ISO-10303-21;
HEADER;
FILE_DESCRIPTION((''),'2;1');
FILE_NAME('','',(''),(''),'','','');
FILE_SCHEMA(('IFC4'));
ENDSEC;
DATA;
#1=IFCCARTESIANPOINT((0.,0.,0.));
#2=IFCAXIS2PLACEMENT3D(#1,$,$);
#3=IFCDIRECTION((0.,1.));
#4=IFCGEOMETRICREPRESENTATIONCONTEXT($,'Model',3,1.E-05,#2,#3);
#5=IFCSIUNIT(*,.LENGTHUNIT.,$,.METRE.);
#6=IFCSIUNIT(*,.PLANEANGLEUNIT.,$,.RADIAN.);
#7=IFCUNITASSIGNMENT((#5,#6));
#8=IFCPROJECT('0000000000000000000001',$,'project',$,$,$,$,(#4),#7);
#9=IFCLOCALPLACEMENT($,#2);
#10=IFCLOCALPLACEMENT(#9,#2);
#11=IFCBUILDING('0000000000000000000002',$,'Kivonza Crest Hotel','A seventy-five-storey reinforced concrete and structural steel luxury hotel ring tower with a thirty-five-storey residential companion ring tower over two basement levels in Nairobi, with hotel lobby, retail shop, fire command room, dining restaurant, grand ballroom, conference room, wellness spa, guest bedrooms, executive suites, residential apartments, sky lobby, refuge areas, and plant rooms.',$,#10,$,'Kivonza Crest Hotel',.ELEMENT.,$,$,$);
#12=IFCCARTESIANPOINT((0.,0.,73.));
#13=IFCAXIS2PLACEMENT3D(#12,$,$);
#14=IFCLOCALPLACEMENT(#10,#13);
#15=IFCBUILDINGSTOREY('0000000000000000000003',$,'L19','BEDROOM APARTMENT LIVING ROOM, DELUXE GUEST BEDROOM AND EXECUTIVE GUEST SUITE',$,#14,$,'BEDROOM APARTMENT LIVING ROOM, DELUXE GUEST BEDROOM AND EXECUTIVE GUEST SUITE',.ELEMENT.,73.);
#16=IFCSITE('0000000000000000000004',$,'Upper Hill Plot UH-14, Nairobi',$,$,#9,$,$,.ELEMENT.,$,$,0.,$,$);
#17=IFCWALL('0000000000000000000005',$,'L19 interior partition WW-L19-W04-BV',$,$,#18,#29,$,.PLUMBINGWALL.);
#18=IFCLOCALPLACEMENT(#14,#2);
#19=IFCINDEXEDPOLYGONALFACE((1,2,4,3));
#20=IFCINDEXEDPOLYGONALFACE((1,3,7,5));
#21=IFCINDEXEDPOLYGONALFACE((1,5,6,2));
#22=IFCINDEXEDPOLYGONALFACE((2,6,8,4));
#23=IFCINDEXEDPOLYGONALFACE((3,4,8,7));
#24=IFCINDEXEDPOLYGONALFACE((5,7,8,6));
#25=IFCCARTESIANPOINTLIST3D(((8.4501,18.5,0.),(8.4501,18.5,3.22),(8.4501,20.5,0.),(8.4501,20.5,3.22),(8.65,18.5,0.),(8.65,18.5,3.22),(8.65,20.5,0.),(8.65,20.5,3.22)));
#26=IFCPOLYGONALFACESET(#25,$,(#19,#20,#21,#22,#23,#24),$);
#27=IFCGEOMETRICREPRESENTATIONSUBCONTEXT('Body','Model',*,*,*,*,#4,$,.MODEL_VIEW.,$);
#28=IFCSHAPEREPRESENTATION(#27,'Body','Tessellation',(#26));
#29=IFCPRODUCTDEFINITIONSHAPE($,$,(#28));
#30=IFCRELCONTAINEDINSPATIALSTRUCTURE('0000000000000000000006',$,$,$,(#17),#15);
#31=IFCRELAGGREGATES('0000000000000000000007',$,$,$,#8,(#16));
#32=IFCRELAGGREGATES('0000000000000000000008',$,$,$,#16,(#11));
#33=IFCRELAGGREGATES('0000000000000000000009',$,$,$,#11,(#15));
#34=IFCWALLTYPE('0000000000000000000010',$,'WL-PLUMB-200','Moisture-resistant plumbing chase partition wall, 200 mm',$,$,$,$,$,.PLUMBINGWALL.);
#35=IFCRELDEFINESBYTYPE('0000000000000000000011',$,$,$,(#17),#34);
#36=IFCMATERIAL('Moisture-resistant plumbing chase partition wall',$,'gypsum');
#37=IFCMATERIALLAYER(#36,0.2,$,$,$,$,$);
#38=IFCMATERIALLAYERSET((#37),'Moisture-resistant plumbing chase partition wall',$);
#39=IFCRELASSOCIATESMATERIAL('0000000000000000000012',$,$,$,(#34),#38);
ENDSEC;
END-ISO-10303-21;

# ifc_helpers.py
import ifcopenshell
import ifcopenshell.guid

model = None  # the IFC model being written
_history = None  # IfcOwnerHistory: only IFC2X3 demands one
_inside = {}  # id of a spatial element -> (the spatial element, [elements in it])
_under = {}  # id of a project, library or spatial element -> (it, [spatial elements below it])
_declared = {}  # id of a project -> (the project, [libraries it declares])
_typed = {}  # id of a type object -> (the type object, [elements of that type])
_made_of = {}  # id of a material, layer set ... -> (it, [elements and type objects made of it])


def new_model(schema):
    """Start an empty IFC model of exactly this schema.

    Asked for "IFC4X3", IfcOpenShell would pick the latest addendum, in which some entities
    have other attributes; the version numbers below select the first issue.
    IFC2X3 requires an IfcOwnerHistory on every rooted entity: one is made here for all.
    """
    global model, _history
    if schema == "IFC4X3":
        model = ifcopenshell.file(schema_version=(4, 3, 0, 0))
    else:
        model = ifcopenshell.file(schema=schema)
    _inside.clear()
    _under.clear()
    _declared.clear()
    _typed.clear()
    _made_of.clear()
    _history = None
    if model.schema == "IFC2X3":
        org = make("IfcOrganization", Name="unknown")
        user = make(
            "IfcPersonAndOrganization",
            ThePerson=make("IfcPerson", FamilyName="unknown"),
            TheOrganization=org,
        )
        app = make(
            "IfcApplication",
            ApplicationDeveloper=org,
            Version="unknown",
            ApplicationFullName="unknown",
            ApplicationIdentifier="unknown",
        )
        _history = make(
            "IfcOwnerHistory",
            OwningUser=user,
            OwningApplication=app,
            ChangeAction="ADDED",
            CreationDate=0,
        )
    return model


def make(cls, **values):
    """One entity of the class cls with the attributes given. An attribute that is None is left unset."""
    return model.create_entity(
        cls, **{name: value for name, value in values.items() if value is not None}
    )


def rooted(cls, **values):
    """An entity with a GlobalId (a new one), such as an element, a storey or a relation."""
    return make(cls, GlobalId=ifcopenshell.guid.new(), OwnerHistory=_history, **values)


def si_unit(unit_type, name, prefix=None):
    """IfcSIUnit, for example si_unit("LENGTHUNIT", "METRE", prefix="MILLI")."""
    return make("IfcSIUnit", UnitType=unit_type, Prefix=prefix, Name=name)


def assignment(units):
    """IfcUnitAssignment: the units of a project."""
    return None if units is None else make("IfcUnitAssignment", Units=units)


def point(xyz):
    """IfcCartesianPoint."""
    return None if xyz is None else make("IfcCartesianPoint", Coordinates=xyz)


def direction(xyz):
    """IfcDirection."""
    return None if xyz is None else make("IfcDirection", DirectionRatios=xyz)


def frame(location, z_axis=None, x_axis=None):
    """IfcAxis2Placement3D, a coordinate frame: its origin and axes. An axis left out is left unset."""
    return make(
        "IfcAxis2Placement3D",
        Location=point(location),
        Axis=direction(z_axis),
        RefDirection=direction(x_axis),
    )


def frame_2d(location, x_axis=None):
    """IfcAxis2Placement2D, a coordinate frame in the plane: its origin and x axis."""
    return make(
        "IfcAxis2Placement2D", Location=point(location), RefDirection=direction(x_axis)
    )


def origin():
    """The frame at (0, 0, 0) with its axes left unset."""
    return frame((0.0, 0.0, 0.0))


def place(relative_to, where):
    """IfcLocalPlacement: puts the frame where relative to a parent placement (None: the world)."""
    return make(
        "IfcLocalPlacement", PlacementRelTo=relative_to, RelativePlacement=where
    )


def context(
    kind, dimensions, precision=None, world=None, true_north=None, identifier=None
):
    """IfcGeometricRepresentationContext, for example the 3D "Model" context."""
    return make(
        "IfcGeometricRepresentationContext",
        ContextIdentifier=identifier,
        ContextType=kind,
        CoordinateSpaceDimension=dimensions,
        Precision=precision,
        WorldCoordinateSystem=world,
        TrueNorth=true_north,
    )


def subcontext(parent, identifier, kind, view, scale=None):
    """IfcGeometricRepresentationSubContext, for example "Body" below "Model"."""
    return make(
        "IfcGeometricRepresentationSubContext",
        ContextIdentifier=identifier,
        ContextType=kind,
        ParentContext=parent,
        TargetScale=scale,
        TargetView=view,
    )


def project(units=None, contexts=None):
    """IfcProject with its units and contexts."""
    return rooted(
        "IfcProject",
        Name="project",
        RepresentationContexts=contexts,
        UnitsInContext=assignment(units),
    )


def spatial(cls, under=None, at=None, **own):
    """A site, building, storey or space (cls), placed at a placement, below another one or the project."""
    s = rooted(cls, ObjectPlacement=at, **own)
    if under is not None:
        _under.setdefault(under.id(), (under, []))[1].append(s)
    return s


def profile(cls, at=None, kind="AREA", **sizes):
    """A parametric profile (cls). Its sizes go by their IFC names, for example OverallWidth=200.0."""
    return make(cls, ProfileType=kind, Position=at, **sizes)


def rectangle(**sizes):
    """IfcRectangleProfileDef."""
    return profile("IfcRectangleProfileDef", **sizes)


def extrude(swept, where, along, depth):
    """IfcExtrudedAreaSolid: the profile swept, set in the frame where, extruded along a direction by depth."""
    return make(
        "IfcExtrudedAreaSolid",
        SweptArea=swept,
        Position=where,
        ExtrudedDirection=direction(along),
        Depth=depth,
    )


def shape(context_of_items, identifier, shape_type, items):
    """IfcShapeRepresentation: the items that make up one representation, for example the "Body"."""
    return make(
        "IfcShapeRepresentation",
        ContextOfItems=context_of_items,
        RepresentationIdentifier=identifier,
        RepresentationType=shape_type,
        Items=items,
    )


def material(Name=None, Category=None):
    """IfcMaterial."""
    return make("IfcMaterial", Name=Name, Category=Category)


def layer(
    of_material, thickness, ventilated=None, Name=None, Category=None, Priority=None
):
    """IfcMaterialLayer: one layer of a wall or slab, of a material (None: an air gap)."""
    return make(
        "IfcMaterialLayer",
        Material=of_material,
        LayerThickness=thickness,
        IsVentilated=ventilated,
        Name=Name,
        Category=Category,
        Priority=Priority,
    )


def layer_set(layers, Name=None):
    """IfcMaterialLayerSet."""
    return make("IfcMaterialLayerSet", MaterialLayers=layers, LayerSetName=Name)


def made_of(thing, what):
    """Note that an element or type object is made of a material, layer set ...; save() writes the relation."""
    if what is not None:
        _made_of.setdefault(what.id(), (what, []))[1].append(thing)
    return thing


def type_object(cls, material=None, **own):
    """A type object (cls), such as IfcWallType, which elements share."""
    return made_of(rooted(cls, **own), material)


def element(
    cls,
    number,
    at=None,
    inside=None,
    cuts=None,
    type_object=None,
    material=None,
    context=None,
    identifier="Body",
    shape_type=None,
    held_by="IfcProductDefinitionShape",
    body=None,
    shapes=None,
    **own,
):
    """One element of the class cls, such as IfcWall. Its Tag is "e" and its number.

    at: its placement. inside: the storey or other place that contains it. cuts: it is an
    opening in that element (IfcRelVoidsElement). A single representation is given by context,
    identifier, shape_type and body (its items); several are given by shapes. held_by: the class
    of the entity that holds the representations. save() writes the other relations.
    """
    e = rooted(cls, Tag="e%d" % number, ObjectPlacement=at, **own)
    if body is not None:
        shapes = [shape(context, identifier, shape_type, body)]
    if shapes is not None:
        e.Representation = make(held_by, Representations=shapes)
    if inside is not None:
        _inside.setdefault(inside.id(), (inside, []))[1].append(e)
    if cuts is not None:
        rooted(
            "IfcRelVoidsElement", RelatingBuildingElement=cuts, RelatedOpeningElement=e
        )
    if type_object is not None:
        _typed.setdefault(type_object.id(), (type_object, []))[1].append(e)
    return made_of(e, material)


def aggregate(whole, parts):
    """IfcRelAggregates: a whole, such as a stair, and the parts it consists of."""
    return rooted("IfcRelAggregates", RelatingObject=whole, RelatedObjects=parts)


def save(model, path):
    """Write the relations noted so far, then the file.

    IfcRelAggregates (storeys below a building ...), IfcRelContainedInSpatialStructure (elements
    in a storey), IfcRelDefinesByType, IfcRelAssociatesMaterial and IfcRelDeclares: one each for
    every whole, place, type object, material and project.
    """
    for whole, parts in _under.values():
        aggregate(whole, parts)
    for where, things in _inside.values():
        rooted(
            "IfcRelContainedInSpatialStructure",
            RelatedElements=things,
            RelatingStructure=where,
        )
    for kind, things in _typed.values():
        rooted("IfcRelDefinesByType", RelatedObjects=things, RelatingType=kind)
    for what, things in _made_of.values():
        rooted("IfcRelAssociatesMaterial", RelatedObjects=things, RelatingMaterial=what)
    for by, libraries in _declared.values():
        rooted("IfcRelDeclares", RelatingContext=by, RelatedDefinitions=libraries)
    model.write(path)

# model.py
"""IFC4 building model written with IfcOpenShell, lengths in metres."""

from ifc_helpers import new_model, si_unit, direction, frame, frame_2d, origin, place, context, subcontext, project, spatial, rectangle, extrude, material, layer, layer_set, type_object, element, save


model = new_model("IFC4")

# Units and contexts
model_context = context("Model", 3, precision=1e-05, world=origin(), true_north=direction((0.0, 1.0)))
body_context = subcontext(model_context, "Body", "Model", "MODEL_VIEW")
ifc_project = project(units=[si_unit("LENGTHUNIT", "METRE"), si_unit("PLANEANGLEUNIT", "RADIAN")], contexts=[model_context])

# Site, building, storey
site_placement = place(None, origin())
site = spatial("IfcSite", under=ifc_project, at=site_placement, Name="Upper Hill Plot UH-14, Nairobi", CompositionType="ELEMENT", RefElevation=0.0)
building_placement = place(site_placement, origin())
building = spatial("IfcBuilding", under=site, at=building_placement, Name="Kivonza Crest Hotel", Description="A seventy-five-storey reinforced concrete and structural steel luxury hotel ring tower with a thirty-five-storey residential companion ring tower over two basement levels in Nairobi, with hotel lobby, retail shop, fire command room, dining restaurant, grand ballroom, conference room, wellness spa, guest bedrooms, executive suites, residential apartments, sky lobby, refuge areas, and plant rooms.", LongName="Kivonza Crest Hotel", CompositionType="ELEMENT")
storey_placement = place(building_placement, frame((0.0, 0.0, 73.0)))
storey = spatial("IfcBuildingStorey", under=building, at=storey_placement, Name="L19", Description="BEDROOM APARTMENT LIVING ROOM, DELUXE GUEST BEDROOM AND EXECUTIVE GUEST SUITE", LongName="BEDROOM APARTMENT LIVING ROOM, DELUXE GUEST BEDROOM AND EXECUTIVE GUEST SUITE", CompositionType="ELEMENT", Elevation=73.0)

# Wall
ifc_material_1 = material(Name="Moisture-resistant plumbing chase partition wall", Category="gypsum")
ifc_layer_1 = layer(ifc_material_1, 0.2)
ifc_layer_set_1 = layer_set([ifc_layer_1], Name="Moisture-resistant plumbing chase partition wall")
wall_type_1 = type_object("IfcWallType", Name="WL-PLUMB-200", Description="Moisture-resistant plumbing chase partition wall, 200 mm", PredefinedType="PLUMBINGWALL", material=ifc_layer_set_1)
wall_1_placement = place(storey_placement, frame((8.55, 18.5, 0.0), z_axis=(0.0, 0.0, 1.0), x_axis=(0.0, 1.0, 0.0)))
element("IfcWall", 1, at=wall_1_placement, inside=storey, type_object=wall_type_1, Name="L19 interior partition WW-L19-W04-BV", PredefinedType="PLUMBINGWALL", context=body_context, shape_type="SweptSolid", body=[
    extrude(rectangle(XDim=2.0, YDim=0.2, at=frame_2d((1.0, 0.0))), origin(), (0.0, 0.0, 1.0), 3.22),
])

save(model, "model.ifc")
